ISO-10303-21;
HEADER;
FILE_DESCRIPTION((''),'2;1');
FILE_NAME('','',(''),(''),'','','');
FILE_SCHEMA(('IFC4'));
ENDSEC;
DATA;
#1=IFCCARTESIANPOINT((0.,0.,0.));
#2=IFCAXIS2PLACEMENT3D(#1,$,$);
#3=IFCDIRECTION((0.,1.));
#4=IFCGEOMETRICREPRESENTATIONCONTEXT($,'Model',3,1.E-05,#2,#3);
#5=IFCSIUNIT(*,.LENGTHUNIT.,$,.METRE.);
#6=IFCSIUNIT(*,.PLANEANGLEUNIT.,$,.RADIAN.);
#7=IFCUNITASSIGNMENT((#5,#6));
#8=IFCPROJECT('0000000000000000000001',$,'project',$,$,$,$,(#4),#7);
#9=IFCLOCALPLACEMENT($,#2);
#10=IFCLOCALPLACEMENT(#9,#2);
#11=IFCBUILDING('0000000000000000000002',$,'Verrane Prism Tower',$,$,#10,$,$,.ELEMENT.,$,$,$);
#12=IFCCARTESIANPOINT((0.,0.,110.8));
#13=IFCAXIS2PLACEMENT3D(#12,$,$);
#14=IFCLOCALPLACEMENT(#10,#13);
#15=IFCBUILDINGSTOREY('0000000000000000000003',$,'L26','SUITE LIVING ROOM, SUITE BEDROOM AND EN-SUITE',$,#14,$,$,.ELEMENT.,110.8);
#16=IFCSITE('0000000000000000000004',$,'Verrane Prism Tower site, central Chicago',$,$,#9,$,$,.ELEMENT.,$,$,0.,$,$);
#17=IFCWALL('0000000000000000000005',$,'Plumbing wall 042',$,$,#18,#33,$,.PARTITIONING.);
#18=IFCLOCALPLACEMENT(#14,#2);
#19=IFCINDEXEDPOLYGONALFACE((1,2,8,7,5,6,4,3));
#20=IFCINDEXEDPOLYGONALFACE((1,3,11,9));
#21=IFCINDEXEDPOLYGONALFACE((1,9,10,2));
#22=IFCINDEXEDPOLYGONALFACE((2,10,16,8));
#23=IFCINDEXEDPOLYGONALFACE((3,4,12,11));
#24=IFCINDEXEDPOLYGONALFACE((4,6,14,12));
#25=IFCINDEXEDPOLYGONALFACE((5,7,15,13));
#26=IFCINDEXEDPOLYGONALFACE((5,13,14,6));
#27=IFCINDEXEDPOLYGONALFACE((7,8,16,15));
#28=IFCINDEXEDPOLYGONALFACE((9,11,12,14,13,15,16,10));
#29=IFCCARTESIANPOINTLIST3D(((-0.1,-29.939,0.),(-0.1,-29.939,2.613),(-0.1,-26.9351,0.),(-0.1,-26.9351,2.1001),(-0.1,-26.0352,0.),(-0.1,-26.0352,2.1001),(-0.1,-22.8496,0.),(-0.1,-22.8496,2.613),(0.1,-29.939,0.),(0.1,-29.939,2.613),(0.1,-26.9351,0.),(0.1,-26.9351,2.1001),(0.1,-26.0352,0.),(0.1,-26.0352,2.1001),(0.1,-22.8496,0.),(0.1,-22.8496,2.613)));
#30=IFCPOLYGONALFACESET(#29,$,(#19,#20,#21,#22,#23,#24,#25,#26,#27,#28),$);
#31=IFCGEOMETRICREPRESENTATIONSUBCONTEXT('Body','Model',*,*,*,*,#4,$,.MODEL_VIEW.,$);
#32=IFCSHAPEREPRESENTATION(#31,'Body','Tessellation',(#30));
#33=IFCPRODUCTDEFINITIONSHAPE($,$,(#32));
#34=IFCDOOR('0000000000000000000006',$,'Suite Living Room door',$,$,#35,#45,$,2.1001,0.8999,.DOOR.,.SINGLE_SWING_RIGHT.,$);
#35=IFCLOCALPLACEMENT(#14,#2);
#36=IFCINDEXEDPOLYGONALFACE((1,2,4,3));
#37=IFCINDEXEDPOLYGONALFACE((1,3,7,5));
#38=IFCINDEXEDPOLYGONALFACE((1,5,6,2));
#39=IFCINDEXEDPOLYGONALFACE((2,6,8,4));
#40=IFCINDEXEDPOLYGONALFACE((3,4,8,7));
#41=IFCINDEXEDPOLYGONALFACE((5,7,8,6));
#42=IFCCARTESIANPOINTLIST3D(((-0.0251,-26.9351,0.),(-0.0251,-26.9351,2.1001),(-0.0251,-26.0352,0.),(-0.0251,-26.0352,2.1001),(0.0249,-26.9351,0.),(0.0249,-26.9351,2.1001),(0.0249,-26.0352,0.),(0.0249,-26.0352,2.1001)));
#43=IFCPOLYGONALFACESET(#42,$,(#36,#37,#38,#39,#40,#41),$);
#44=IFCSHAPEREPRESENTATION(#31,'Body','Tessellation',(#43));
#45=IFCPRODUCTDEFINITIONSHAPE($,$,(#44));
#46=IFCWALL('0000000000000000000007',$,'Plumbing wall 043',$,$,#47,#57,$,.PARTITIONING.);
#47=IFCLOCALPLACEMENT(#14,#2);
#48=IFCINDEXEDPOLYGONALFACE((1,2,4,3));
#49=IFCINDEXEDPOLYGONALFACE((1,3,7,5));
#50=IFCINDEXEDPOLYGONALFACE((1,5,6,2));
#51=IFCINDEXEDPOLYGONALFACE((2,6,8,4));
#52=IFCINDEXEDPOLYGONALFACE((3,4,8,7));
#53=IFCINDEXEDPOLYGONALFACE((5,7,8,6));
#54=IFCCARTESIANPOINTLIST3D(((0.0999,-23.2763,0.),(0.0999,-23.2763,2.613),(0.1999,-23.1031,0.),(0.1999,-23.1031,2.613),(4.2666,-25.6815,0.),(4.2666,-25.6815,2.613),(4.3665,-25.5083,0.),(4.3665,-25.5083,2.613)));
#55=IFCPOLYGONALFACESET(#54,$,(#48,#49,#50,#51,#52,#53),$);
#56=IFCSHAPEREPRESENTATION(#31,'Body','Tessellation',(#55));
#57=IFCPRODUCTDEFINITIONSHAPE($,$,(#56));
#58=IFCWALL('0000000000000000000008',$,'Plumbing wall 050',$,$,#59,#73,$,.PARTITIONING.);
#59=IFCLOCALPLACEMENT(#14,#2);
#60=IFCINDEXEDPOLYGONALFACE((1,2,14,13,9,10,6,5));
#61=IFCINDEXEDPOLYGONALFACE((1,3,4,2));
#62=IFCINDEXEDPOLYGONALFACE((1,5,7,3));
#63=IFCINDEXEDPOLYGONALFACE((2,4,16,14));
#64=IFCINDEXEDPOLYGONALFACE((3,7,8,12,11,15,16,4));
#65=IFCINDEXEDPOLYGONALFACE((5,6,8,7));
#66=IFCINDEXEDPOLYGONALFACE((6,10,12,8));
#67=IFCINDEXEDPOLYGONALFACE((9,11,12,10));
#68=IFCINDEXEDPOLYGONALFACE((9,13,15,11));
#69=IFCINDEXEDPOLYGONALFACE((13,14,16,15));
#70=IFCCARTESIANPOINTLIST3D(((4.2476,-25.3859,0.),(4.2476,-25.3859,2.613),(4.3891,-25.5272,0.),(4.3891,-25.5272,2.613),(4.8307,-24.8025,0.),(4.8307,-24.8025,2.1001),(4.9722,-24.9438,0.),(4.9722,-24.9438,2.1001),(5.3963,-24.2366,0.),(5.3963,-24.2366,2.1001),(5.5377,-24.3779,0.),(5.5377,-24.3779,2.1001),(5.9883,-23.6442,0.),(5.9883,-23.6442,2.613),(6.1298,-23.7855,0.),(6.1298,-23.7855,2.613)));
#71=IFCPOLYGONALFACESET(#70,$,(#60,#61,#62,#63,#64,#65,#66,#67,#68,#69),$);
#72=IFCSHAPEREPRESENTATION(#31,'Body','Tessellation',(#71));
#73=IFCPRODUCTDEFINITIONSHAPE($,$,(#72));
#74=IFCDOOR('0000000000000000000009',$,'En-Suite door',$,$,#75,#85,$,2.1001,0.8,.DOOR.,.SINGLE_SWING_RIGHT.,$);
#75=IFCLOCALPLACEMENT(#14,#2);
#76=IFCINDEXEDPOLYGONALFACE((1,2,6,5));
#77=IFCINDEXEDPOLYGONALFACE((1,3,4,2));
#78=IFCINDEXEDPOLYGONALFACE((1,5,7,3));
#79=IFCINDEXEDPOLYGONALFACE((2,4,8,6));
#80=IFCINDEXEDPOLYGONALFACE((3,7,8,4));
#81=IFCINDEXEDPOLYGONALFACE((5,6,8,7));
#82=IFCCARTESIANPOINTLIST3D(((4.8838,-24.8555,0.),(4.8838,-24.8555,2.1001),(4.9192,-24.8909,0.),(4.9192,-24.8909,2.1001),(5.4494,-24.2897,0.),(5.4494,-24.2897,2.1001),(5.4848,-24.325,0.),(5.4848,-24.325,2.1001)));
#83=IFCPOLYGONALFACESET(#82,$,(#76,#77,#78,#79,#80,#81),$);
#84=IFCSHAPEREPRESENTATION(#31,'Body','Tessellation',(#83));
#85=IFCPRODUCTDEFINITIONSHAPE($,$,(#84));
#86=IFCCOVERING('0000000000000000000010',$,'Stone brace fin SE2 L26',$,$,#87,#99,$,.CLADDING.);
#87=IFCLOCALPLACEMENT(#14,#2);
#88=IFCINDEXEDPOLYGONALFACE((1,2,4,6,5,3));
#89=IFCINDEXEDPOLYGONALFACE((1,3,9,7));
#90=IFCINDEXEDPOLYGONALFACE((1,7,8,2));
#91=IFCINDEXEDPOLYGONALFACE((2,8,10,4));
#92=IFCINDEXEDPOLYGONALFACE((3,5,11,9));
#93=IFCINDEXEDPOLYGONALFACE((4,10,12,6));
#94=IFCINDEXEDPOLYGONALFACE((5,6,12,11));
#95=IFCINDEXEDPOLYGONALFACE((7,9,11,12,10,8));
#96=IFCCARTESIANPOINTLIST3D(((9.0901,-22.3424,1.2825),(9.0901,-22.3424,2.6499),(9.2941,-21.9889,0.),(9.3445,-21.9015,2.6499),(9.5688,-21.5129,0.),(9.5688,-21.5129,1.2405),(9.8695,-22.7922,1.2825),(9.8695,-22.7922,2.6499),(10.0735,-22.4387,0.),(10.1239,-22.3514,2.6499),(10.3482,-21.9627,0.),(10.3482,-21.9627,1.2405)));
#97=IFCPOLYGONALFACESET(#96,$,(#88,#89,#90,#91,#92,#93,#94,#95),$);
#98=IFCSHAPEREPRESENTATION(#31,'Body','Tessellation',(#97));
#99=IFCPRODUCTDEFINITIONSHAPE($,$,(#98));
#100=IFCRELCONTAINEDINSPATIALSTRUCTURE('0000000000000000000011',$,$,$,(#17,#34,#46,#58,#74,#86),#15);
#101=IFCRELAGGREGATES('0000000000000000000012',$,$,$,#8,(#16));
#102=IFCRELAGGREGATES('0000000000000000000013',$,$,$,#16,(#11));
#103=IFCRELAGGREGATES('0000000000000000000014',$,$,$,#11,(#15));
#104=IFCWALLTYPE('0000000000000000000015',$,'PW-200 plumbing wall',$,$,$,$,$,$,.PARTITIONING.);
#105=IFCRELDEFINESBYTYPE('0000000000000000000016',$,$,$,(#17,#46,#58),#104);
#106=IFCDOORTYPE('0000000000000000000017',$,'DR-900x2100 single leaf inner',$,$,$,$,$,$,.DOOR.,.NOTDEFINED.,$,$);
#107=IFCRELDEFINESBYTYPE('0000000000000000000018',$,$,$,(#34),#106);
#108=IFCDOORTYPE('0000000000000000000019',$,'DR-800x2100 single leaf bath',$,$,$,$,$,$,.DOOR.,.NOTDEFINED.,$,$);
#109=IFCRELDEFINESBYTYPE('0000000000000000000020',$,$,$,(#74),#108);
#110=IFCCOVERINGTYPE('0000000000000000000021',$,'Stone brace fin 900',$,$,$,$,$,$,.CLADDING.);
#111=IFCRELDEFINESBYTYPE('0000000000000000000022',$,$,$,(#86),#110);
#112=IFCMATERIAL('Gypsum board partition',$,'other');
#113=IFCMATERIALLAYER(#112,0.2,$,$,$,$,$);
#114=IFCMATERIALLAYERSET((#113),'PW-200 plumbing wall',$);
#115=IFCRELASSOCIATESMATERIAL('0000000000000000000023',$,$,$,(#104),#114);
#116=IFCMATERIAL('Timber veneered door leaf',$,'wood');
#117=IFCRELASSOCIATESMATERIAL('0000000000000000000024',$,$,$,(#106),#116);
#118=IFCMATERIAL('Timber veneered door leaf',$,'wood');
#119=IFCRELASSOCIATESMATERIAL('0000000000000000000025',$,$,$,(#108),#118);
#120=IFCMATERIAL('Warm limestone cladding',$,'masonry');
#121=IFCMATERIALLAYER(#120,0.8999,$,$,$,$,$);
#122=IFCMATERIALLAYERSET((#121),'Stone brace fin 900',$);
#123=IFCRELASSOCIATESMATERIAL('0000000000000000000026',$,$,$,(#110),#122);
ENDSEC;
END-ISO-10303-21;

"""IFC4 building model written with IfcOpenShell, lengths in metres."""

from ifc_helpers import new_model, si_unit, direction, frame, frame_2d, origin, place, context, subcontext, project, spatial, polyline, rectangle, outline, extrude, material, layer, layer_set, type_object, element, fill, save


model = new_model("IFC4")

# Units and contexts
model_context = context("Model", 3, precision=1e-05, world=origin(), true_north=direction((0.0, 1.0)))
body_context = subcontext(model_context, "Body", "Model", "MODEL_VIEW")
ifc_project = project(units=[si_unit("LENGTHUNIT", "METRE"), si_unit("PLANEANGLEUNIT", "RADIAN")], contexts=[model_context])

# Site, building, storey
site_placement = place(None, origin())
site = spatial("IfcSite", under=ifc_project, at=site_placement, Name="Verrane Prism Tower site, central Chicago", CompositionType="ELEMENT", RefElevation=0.0)
building_placement = place(site_placement, origin())
building = spatial("IfcBuilding", under=site, at=building_placement, Name="Verrane Prism Tower", CompositionType="ELEMENT")
storey_placement = place(building_placement, frame((0.0, 0.0, 110.8)))
storey = spatial("IfcBuildingStorey", under=building, at=storey_placement, Name="L26", Description="SUITE LIVING ROOM, SUITE BEDROOM AND EN-SUITE", CompositionType="ELEMENT", Elevation=110.8)

# Wall, opening, door
ifc_material_1 = material(Name="Gypsum board partition", Category="other")
ifc_layer_1 = layer(ifc_material_1, 0.2)
ifc_layer_set_1 = layer_set([ifc_layer_1], Name="PW-200 plumbing wall")
wall_type_1 = type_object("IfcWallType", Name="PW-200 plumbing wall", PredefinedType="PARTITIONING", material=ifc_layer_set_1)
wall_1_placement = place(storey_placement, frame((0.0, -22.8496, 0.0), z_axis=(0.0, 0.0, 1.0), x_axis=(0.0, -1.0, 0.0)))
wall_1 = element("IfcWall", 1, at=wall_1_placement, inside=storey, type_object=wall_type_1, Name="Plumbing wall 042", PredefinedType="PARTITIONING", context=body_context, shape_type="SweptSolid", body=[
    extrude(rectangle(XDim=7.0894, YDim=0.2, at=frame_2d((3.5447, 0.0))), origin(), (0.0, 0.0, 1.0), 2.613),
])
opening_1_placement = place(wall_1_placement, frame((3.1855, 0.0, 0.0)))
opening_1 = element("IfcOpeningElement", 2, at=opening_1_placement, cuts=wall_1, PredefinedType="OPENING", context=body_context, shape_type="SweptSolid", body=[
    extrude(rectangle(XDim=0.8999, YDim=2.1001, at=frame_2d((0.45, 1.05))), frame((0.0, 0.1099, 0.0), z_axis=(0.0, -1.0, 0.0), x_axis=(1.0, 0.0, 0.0)), (0.0, 0.0, 1.0), 0.22),
])
ifc_material_2 = material(Name="Timber veneered door leaf", Category="wood")
door_type_1 = type_object("IfcDoorType", Name="DR-900x2100 single leaf inner", OperationType="NOTDEFINED", PredefinedType="DOOR", material=ifc_material_2)
door_1_placement = place(opening_1_placement, origin())
door_1 = element("IfcDoor", 3, at=door_1_placement, inside=storey, type_object=door_type_1, Name="Suite Living Room door", OperationType="SINGLE_SWING_RIGHT", OverallHeight=2.1001, OverallWidth=0.8999, PredefinedType="DOOR", context=body_context, shape_type="SweptSolid", body=[
    extrude(rectangle(XDim=0.8999, YDim=2.1001, at=frame_2d((0.45, 1.05))), frame((0.0, 0.0249, 0.0), z_axis=(0.0, -1.0, 0.0), x_axis=(1.0, 0.0, 0.0)), (0.0, 0.0, 1.0), 0.05),
])
fill(opening_1, door_1)

# Wall
wall_2_placement = place(storey_placement, frame((0.1499, -23.1897, 0.0), z_axis=(0.0, 0.0, 1.0), x_axis=(0.866061, -0.499938, 0.0)))
element("IfcWall", 4, at=wall_2_placement, inside=storey, type_object=wall_type_1, Name="Plumbing wall 043", PredefinedType="PARTITIONING", context=body_context, shape_type="SweptSolid", body=[
    extrude(rectangle(XDim=4.811, YDim=0.2, at=frame_2d((2.4055, 0.0))), origin(), (0.0, 0.0, 1.0), 2.613),
])

# Wall, opening, door
wall_3_placement = place(storey_placement, frame((4.3184, -25.4565, 0.0), z_axis=(0.0, 0.0, 1.0), x_axis=(0.706908, 0.707305, 0.0)))
wall_3 = element("IfcWall", 5, at=wall_3_placement, inside=storey, type_object=wall_type_1, Name="Plumbing wall 050", PredefinedType="PARTITIONING", context=body_context, shape_type="SweptSolid", body=[
    extrude(rectangle(XDim=2.4624, YDim=0.2, at=frame_2d((1.2312, 0.0))), origin(), (0.0, 0.0, 1.0), 2.613),
])
opening_2_placement = place(wall_3_placement, frame((0.825, 0.0, 0.0)))
opening_2 = element("IfcOpeningElement", 6, at=opening_2_placement, cuts=wall_3, PredefinedType="OPENING", context=body_context, shape_type="SweptSolid", body=[
    extrude(rectangle(XDim=0.8, YDim=2.1001, at=frame_2d((0.3999, 1.05))), frame((0.0, 0.1099, 0.0), z_axis=(0.0, -1.0, 0.0), x_axis=(1.0, 0.0, 0.0)), (0.0, 0.0, 1.0), 0.22),
])
ifc_material_3 = material(Name="Timber veneered door leaf", Category="wood")
door_type_2 = type_object("IfcDoorType", Name="DR-800x2100 single leaf bath", OperationType="NOTDEFINED", PredefinedType="DOOR", material=ifc_material_3)
door_2_placement = place(opening_2_placement, origin())
door_2 = element("IfcDoor", 7, at=door_2_placement, inside=storey, type_object=door_type_2, Name="En-Suite door", OperationType="SINGLE_SWING_RIGHT", OverallHeight=2.1001, OverallWidth=0.8, PredefinedType="DOOR", context=body_context, shape_type="SweptSolid", body=[
    extrude(rectangle(XDim=0.8, YDim=2.1001, at=frame_2d((0.3999, 1.05))), frame((0.0, 0.0249, 0.0), z_axis=(0.0, -1.0, 0.0), x_axis=(1.0, 0.0, 0.0)), (0.0, 0.0, 1.0), 0.05),
])
fill(opening_2, door_2)

# Covering
ifc_material_4 = material(Name="Warm limestone cladding", Category="masonry")
ifc_layer_2 = layer(ifc_material_4, 0.8999)
ifc_layer_set_2 = layer_set([ifc_layer_2], Name="Stone brace fin 900")
covering_type = type_object("IfcCoveringType", Name="Stone brace fin 900", PredefinedType="CLADDING", material=ifc_layer_set_2)
covering_placement = place(storey_placement, frame((9.9585, -21.7378, 0.0), z_axis=(0.0, 0.0, 1.0), x_axis=(-0.49984, -0.866118, 0.0)))
element("IfcCovering", 8, at=covering_placement, inside=storey, type_object=covering_type, Name="Stone brace fin SE2 L26", PredefinedType="CLADDING", context=body_context, shape_type="SweptSolid", body=[
    extrude(outline(polyline([(0.9578, 2.6499), (0.4487, 2.6499), (0.0, 1.2405), (0.0, 0.0), (0.5496, 0.0), (0.9578, 1.2825), (0.9578, 2.6499)])), frame((0.0, 0.45, 0.0), z_axis=(0.0, -1.0, 0.0), x_axis=(1.0, 0.0, 0.0)), (0.0, 0.0, 1.0), 0.8999),
])

save(model, "model.ifc")
